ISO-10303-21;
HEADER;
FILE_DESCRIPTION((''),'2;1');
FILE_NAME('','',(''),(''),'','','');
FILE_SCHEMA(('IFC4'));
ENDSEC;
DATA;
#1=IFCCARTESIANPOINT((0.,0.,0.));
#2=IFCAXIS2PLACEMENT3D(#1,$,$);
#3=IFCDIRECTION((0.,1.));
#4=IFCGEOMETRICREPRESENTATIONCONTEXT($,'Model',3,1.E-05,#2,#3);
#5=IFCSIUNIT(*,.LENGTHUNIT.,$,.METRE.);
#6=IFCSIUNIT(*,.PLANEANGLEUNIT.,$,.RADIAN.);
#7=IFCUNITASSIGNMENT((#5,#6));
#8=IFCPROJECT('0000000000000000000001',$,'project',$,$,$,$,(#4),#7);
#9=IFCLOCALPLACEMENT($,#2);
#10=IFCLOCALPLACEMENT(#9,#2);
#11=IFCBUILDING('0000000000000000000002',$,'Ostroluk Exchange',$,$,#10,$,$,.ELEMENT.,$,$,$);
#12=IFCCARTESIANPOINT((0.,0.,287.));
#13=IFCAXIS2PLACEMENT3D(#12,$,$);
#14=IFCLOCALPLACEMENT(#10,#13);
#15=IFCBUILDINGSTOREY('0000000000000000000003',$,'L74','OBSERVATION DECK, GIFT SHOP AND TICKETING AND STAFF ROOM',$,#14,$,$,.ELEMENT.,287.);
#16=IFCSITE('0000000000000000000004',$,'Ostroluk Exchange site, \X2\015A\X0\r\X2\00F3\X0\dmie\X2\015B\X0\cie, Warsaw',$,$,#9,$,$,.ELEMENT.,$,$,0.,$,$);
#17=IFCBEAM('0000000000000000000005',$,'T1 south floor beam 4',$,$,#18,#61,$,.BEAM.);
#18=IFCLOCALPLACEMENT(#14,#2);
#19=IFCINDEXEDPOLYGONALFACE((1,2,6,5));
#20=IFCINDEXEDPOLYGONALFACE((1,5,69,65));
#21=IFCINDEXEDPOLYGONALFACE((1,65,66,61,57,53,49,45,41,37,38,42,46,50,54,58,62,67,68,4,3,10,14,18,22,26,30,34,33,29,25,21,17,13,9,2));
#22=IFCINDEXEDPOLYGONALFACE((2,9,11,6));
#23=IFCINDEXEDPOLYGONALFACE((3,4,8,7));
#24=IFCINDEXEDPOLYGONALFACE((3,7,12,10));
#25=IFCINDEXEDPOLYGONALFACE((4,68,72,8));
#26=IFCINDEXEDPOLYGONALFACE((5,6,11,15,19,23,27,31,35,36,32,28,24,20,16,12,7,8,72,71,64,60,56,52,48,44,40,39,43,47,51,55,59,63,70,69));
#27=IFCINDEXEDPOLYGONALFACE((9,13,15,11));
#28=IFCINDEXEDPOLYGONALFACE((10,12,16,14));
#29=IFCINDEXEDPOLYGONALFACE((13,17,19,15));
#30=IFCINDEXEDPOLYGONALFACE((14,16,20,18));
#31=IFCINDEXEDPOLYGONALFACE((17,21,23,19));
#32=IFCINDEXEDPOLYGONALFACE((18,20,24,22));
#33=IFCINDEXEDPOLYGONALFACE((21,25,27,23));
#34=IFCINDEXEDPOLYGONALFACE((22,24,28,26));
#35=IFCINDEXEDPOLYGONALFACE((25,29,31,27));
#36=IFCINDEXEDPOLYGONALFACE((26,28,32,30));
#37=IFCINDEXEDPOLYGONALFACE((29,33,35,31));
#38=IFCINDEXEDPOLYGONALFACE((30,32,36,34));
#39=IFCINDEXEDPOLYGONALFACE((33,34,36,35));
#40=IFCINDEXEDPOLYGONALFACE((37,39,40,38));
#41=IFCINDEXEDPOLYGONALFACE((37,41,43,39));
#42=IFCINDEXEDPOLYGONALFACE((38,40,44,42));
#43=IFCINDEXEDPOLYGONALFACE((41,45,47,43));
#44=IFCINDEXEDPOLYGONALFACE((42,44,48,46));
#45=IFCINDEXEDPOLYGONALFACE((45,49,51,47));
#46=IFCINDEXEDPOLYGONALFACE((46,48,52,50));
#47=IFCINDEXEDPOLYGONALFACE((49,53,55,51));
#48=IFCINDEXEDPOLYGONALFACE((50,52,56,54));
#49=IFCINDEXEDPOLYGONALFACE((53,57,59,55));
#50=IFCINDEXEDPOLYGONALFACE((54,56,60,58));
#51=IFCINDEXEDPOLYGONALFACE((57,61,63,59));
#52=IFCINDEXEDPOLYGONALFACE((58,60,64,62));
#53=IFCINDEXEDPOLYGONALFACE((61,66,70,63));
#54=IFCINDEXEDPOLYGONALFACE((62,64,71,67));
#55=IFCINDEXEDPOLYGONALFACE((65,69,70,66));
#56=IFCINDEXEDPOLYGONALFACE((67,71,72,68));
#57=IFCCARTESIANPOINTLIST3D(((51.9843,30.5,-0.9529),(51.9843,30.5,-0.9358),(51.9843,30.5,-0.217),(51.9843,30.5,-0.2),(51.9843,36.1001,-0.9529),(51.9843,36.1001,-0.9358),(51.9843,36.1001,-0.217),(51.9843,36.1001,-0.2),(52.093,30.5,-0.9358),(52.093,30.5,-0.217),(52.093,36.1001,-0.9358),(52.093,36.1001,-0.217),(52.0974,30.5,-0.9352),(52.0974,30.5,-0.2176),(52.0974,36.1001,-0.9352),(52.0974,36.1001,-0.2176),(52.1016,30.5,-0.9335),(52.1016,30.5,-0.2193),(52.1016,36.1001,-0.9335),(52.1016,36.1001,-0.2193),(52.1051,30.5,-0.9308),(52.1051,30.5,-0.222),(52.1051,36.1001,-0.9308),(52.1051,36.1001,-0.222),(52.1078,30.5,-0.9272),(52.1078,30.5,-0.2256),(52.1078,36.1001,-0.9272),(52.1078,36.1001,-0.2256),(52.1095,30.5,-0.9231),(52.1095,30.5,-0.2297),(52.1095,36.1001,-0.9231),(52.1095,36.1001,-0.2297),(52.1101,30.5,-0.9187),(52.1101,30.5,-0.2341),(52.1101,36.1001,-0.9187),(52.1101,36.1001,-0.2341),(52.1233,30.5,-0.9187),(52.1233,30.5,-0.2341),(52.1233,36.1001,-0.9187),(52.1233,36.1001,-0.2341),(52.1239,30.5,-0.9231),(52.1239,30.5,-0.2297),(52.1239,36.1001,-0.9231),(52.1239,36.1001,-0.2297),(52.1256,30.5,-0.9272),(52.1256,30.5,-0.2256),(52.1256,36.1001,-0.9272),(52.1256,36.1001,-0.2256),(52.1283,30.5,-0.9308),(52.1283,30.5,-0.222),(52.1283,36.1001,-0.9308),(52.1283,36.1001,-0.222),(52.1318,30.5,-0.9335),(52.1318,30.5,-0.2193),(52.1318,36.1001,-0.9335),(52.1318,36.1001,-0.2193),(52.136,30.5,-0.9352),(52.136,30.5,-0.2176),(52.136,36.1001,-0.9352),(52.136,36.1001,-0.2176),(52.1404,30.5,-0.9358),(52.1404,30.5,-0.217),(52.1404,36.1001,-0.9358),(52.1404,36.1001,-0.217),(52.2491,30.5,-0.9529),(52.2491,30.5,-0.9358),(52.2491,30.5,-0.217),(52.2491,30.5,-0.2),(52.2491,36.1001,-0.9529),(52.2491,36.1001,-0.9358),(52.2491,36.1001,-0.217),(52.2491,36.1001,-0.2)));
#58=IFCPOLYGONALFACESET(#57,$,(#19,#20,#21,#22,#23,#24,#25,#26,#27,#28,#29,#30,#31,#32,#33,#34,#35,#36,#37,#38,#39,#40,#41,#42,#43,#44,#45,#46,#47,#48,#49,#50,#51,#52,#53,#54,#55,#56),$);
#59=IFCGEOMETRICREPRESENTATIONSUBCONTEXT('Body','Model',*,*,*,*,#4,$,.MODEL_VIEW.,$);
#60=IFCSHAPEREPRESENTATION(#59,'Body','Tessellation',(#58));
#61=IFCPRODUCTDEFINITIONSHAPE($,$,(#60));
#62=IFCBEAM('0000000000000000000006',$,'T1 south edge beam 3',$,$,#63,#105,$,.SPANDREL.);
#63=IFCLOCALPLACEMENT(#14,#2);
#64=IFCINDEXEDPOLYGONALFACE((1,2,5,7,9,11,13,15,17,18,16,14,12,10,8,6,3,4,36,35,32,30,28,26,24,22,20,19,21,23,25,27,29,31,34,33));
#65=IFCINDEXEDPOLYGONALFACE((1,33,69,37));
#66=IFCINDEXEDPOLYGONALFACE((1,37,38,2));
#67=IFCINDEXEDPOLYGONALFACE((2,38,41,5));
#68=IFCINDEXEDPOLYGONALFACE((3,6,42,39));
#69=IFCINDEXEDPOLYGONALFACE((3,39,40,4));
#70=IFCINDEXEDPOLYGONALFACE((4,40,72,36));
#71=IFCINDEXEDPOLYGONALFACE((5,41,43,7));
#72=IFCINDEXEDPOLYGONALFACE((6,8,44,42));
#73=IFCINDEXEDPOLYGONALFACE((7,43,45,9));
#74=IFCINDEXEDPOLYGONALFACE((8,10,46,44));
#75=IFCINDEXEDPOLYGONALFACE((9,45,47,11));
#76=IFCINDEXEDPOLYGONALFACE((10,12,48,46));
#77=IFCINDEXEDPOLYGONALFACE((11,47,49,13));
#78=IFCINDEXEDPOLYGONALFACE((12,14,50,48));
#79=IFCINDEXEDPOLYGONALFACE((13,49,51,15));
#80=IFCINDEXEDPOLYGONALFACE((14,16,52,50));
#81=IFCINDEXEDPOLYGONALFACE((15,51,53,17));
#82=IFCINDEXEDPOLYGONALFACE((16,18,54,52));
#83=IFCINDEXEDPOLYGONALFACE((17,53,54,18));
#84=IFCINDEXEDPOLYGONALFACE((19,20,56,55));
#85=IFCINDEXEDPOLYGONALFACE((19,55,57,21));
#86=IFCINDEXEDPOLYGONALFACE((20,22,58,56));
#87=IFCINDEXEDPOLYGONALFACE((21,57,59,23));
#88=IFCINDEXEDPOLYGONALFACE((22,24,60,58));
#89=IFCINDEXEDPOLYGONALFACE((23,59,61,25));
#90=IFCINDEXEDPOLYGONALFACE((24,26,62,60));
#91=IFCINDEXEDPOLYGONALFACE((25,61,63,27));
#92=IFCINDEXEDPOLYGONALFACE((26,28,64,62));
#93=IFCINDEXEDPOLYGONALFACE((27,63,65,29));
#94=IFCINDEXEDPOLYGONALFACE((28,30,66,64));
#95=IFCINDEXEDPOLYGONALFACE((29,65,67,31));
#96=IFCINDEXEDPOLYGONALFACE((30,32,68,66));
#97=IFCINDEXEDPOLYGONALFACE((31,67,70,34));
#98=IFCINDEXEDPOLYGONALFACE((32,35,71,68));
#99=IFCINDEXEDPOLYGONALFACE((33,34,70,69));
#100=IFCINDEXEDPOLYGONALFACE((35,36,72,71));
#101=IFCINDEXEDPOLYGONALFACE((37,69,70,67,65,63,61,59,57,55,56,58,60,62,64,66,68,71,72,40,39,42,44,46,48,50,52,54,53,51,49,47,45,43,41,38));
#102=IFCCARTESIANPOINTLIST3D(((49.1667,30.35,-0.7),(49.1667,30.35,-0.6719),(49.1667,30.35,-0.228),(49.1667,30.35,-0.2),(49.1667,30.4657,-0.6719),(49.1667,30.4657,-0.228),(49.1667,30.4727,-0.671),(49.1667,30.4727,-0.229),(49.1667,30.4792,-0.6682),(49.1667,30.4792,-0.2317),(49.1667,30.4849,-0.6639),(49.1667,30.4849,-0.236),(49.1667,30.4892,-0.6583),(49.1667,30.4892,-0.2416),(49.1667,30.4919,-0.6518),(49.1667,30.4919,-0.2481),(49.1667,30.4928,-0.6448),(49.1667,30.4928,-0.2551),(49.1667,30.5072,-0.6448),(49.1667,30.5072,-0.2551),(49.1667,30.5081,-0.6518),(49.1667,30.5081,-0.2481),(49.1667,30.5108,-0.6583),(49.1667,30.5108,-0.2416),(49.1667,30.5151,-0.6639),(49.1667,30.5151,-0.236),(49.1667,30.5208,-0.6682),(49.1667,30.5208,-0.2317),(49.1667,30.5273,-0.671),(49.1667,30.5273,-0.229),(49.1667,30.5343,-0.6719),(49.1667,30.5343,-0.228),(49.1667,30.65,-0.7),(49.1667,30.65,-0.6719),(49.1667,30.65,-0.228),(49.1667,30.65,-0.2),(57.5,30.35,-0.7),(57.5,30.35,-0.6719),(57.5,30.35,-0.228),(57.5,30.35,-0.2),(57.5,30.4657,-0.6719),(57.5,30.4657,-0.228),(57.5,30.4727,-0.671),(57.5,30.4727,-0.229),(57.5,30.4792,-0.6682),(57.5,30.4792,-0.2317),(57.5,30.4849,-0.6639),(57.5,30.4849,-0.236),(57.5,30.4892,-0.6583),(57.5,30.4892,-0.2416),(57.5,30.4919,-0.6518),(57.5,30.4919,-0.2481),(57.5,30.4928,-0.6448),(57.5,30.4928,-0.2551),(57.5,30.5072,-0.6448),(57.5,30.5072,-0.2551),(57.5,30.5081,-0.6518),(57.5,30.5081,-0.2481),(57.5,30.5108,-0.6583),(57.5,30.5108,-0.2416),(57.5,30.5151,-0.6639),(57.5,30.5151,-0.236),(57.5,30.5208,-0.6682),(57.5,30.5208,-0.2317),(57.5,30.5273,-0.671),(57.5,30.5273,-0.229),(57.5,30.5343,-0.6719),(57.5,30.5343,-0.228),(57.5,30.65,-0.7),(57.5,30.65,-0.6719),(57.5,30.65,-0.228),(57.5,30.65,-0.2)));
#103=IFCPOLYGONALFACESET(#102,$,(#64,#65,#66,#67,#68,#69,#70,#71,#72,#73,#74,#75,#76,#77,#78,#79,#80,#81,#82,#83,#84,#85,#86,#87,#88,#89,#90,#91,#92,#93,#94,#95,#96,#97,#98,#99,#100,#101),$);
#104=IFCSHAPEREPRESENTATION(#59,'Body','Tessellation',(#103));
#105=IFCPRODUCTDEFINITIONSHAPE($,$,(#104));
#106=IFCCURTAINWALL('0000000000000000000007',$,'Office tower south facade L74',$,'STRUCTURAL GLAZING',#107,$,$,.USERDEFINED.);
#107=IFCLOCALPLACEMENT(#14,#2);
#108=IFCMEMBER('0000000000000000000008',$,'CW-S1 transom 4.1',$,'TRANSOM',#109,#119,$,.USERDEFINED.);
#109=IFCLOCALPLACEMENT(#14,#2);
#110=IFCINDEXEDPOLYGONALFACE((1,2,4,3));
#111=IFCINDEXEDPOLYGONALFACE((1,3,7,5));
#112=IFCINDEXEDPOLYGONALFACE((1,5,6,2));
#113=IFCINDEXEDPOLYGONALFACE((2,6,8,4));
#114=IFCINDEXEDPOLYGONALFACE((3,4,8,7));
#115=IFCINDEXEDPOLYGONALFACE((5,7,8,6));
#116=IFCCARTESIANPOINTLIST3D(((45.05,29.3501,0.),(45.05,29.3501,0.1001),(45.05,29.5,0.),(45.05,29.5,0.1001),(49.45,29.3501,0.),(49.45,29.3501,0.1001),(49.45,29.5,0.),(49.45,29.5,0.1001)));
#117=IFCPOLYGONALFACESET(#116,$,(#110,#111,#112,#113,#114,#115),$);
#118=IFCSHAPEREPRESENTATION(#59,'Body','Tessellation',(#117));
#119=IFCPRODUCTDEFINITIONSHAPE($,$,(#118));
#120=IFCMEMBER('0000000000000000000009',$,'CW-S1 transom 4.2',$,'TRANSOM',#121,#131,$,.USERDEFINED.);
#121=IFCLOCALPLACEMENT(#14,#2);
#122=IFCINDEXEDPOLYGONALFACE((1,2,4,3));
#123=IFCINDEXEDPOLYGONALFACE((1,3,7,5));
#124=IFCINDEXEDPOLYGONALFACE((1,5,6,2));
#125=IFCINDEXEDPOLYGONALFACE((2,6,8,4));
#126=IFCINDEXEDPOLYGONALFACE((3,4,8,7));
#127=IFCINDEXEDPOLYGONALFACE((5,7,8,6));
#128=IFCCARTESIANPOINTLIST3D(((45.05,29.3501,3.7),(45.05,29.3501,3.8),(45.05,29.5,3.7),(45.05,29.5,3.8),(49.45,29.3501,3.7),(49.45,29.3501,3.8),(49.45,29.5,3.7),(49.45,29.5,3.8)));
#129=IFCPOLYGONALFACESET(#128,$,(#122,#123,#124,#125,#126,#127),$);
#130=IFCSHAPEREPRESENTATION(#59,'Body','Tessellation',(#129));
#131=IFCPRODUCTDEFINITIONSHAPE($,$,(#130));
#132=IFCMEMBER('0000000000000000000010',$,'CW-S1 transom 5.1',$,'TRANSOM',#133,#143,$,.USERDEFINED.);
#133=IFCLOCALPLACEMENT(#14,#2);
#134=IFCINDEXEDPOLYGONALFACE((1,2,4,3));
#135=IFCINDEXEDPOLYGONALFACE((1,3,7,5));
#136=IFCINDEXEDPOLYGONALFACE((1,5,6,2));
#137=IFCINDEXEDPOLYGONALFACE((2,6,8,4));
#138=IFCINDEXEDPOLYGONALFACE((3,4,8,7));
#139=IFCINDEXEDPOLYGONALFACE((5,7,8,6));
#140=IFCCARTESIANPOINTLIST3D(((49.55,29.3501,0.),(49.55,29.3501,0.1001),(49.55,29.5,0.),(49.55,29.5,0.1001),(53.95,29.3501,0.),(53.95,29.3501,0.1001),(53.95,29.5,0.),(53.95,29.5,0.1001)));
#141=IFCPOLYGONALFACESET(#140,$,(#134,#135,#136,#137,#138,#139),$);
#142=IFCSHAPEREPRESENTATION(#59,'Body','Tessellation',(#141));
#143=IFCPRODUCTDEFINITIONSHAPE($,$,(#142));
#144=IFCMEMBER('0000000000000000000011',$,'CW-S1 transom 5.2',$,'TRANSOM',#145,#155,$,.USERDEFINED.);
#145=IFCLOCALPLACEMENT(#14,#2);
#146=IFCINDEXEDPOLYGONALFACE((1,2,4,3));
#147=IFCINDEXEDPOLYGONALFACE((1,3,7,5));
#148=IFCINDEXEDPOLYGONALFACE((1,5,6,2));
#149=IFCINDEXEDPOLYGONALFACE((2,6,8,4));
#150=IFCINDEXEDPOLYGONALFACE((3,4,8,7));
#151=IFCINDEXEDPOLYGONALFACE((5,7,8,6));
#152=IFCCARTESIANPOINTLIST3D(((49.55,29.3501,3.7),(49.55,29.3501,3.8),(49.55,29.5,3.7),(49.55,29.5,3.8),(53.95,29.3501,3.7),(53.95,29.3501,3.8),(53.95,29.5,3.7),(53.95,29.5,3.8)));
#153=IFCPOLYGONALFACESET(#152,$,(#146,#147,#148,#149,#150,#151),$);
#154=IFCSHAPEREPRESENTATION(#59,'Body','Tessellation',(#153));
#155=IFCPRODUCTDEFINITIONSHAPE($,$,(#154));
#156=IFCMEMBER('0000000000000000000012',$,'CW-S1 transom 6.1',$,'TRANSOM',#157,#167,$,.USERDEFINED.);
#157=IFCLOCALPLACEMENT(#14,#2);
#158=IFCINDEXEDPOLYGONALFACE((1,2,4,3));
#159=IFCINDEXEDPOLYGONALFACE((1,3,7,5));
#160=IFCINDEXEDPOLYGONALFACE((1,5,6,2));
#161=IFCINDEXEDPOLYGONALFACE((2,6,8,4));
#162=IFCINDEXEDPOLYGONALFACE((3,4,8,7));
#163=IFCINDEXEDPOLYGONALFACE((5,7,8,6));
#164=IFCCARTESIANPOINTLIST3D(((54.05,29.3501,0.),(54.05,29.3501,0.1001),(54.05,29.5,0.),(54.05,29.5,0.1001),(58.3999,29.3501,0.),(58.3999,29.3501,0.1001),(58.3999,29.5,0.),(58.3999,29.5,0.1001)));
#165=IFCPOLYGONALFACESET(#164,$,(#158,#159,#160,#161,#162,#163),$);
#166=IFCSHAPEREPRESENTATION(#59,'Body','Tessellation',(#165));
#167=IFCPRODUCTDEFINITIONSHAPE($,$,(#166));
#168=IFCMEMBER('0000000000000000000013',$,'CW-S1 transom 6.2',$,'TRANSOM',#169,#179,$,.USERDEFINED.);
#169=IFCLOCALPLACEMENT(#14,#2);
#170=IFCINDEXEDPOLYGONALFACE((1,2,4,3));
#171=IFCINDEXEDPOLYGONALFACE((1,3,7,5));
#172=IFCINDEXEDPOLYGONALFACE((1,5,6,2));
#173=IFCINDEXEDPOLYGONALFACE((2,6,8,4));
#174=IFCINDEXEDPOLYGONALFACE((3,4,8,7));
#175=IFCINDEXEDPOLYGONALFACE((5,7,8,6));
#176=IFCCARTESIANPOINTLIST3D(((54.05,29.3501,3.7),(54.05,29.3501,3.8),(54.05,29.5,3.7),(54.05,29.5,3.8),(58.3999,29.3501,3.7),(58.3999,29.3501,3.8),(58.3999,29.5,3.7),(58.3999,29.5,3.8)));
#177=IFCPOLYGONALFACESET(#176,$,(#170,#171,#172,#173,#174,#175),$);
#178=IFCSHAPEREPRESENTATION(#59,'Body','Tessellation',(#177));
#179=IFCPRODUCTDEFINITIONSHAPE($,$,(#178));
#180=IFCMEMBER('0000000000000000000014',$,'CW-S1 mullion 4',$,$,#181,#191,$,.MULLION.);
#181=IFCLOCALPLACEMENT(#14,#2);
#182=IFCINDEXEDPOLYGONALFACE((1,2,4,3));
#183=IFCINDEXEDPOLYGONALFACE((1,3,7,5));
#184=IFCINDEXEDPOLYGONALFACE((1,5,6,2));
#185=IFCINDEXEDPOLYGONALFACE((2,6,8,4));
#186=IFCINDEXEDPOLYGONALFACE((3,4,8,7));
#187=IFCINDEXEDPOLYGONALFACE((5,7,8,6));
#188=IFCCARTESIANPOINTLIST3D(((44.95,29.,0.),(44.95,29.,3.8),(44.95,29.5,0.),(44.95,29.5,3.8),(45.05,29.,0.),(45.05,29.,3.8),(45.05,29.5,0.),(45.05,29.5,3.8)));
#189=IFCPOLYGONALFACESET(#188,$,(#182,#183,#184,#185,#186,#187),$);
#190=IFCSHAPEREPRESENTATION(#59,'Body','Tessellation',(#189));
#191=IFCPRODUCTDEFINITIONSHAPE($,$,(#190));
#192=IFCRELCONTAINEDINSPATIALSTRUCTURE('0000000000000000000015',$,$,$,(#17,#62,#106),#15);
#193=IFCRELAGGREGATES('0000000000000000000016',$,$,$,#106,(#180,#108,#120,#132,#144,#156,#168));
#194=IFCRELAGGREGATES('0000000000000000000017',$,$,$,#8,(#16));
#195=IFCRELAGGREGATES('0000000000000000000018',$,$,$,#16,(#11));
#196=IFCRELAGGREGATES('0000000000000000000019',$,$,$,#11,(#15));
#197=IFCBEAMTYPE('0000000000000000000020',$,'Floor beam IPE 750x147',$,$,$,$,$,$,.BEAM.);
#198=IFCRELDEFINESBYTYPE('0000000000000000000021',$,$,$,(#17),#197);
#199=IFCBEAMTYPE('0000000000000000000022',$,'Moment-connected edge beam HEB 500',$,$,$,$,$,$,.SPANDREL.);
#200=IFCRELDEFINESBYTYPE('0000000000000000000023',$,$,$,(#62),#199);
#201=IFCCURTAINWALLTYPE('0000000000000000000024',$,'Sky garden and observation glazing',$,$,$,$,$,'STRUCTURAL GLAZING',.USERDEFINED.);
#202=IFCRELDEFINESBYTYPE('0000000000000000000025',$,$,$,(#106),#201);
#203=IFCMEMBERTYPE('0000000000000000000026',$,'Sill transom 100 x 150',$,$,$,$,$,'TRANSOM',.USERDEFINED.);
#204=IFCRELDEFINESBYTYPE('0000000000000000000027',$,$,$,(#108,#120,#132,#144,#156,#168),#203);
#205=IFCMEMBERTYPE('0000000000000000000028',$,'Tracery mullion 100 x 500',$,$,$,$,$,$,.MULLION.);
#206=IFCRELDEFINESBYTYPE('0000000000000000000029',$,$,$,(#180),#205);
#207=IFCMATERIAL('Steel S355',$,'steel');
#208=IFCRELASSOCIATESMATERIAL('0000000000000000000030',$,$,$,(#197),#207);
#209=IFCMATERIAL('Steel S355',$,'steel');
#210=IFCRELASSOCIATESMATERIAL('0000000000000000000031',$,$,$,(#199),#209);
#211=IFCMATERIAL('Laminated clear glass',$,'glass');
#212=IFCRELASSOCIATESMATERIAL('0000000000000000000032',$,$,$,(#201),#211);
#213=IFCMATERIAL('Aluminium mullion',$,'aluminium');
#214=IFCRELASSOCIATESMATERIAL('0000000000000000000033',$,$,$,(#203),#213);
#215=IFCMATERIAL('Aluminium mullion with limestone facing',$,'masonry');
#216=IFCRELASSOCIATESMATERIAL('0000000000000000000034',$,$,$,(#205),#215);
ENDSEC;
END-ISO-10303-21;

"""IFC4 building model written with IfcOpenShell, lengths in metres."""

from ifc_helpers import new_model, si_unit, direction, frame, origin, origin_2d, place, context, subcontext, project, spatial, rectangle, i_section, extrude, material, material_profile, profile_set, type_object, element, aggregate, save


model = new_model("IFC4")

# Units and contexts
model_context = context("Model", 3, precision=1e-05, world=origin(), true_north=direction((0.0, 1.0)))
body_context = subcontext(model_context, "Body", "Model", "MODEL_VIEW")
ifc_project = project(units=[si_unit("LENGTHUNIT", "METRE"), si_unit("PLANEANGLEUNIT", "RADIAN")], contexts=[model_context])

# Site, building, storey
site_placement = place(None, origin())
site = spatial("IfcSite", under=ifc_project, at=site_placement, Name="Ostroluk Exchange site, Śródmieście, Warsaw", CompositionType="ELEMENT", RefElevation=0.0)
building_placement = place(site_placement, origin())
building = spatial("IfcBuilding", under=site, at=building_placement, Name="Ostroluk Exchange", CompositionType="ELEMENT")
storey_placement = place(building_placement, frame((0.0, 0.0, 287.0)))
storey = spatial("IfcBuildingStorey", under=building, at=storey_placement, Name="L74", Description="OBSERVATION DECK, GIFT SHOP AND TICKETING AND STAFF ROOM", CompositionType="ELEMENT", Elevation=287.0)

# Beams
ifc_material_1 = material(Name="Steel S355", Category="steel")
ifc_material_profile_1 = material_profile(ifc_material_1, i_section(OverallWidth=0.2649, OverallDepth=0.7529, WebThickness=0.0132, FlangeThickness=0.0171, FilletRadius=0.0171, at=origin_2d()), Name="IPE 750x147")
ifc_profile_set_1 = profile_set([ifc_material_profile_1], Name="Steel S355")
beam_type_1 = type_object("IfcBeamType", Name="Floor beam IPE 750x147", PredefinedType="BEAM", material=ifc_profile_set_1)
for number, where, z_axis, x_axis, name in (
    (1, (52.1167, 36.1001, -0.5764), (0.0, -1.0, 0.0), (1.0, 0.0, 0.0), "T1 south floor beam 4"),
):
    element("IfcBeam", number, at=place(storey_placement, frame(where, z_axis=z_axis, x_axis=x_axis)), inside=storey, type_object=beam_type_1, Name=name, PredefinedType="BEAM", context=body_context, shape_type="SweptSolid", body=[
        extrude(i_section(OverallWidth=0.2649, OverallDepth=0.7529, WebThickness=0.0132, FlangeThickness=0.0171, FilletRadius=0.0171, at=origin_2d()), origin(), (0.0, 0.0, 1.0), 5.6001),
    ])
ifc_material_2 = material(Name="Steel S355", Category="steel")
ifc_material_profile_2 = material_profile(ifc_material_2, i_section(OverallWidth=0.3, OverallDepth=0.5, WebThickness=0.0144, FlangeThickness=0.0281, FilletRadius=0.0271, at=origin_2d()), Name="HEB 500")
ifc_profile_set_2 = profile_set([ifc_material_profile_2], Name="Steel S355")
beam_type_2 = type_object("IfcBeamType", Name="Moment-connected edge beam HEB 500", PredefinedType="SPANDREL", material=ifc_profile_set_2)
beam_placement = place(storey_placement, frame((49.1667, 30.5, -0.45), z_axis=(1.0, 0.0, 0.0), x_axis=(0.0, 1.0, 0.0)))
element("IfcBeam", 2, at=beam_placement, inside=storey, type_object=beam_type_2, Name="T1 south edge beam 3", PredefinedType="SPANDREL", context=body_context, shape_type="SweptSolid", body=[
    extrude(i_section(OverallWidth=0.3, OverallDepth=0.5, WebThickness=0.0144, FlangeThickness=0.0281, FilletRadius=0.0271, at=origin_2d()), origin(), (0.0, 0.0, 1.0), 8.3333),
])

# Curtain wall, members
ifc_material_3 = material(Name="Laminated clear glass", Category="glass")
curtain_wall_type = type_object("IfcCurtainWallType", Name="Sky garden and observation glazing", ElementType="STRUCTURAL GLAZING", PredefinedType="USERDEFINED", material=ifc_material_3)
curtain_wall_placement = place(storey_placement, origin())
curtain_wall = element("IfcCurtainWall", 3, at=curtain_wall_placement, inside=storey, type_object=curtain_wall_type, Name="Office tower south facade L74", ObjectType="STRUCTURAL GLAZING", PredefinedType="USERDEFINED")
ifc_material_4 = material(Name="Aluminium mullion", Category="aluminium")
ifc_material_profile_3 = material_profile(ifc_material_4, rectangle(XDim=0.1499, YDim=0.1001, at=origin_2d()), Name="Sill transom 100 x 150")
ifc_profile_set_3 = profile_set([ifc_material_profile_3], Name="Aluminium mullion")
member_type_1 = type_object("IfcMemberType", Name="Sill transom 100 x 150", ElementType="TRANSOM", PredefinedType="USERDEFINED", material=ifc_profile_set_3)
member_1_placement = place(storey_placement, frame((45.05, 29.425, 0.05), z_axis=(1.0, 0.0, 0.0), x_axis=(0.0, 1.0, 0.0)))
member_1 = element("IfcMember", 4, at=member_1_placement, type_object=member_type_1, Name="CW-S1 transom 4.1", ObjectType="TRANSOM", PredefinedType="USERDEFINED", context=body_context, shape_type="SweptSolid", body=[
    extrude(rectangle(XDim=0.1499, YDim=0.1001, at=origin_2d()), origin(), (0.0, 0.0, 1.0), 4.3999),
])
member_2_placement = place(storey_placement, frame((45.05, 29.425, 3.75), z_axis=(1.0, 0.0, 0.0), x_axis=(0.0, 1.0, 0.0)))
member_2 = element("IfcMember", 5, at=member_2_placement, type_object=member_type_1, Name="CW-S1 transom 4.2", ObjectType="TRANSOM", PredefinedType="USERDEFINED", context=body_context, shape_type="SweptSolid", body=[
    extrude(rectangle(XDim=0.1499, YDim=0.1001, at=origin_2d()), origin(), (0.0, 0.0, 1.0), 4.3999),
])
member_3_placement = place(storey_placement, frame((49.55, 29.425, 0.05), z_axis=(1.0, 0.0, 0.0), x_axis=(0.0, 1.0, 0.0)))
member_3 = element("IfcMember", 6, at=member_3_placement, type_object=member_type_1, Name="CW-S1 transom 5.1", ObjectType="TRANSOM", PredefinedType="USERDEFINED", context=body_context, shape_type="SweptSolid", body=[
    extrude(rectangle(XDim=0.1499, YDim=0.1001, at=origin_2d()), origin(), (0.0, 0.0, 1.0), 4.3999),
])
member_4_placement = place(storey_placement, frame((49.55, 29.425, 3.75), z_axis=(1.0, 0.0, 0.0), x_axis=(0.0, 1.0, 0.0)))
member_4 = element("IfcMember", 7, at=member_4_placement, type_object=member_type_1, Name="CW-S1 transom 5.2", ObjectType="TRANSOM", PredefinedType="USERDEFINED", context=body_context, shape_type="SweptSolid", body=[
    extrude(rectangle(XDim=0.1499, YDim=0.1001, at=origin_2d()), origin(), (0.0, 0.0, 1.0), 4.3999),
])
member_5_placement = place(storey_placement, frame((54.05, 29.425, 0.05), z_axis=(1.0, 0.0, 0.0), x_axis=(0.0, 1.0, 0.0)))
member_5 = element("IfcMember", 8, at=member_5_placement, type_object=member_type_1, Name="CW-S1 transom 6.1", ObjectType="TRANSOM", PredefinedType="USERDEFINED", context=body_context, shape_type="SweptSolid", body=[
    extrude(rectangle(XDim=0.1499, YDim=0.1001, at=origin_2d()), origin(), (0.0, 0.0, 1.0), 4.3499),
])
member_6_placement = place(storey_placement, frame((54.05, 29.425, 3.75), z_axis=(1.0, 0.0, 0.0), x_axis=(0.0, 1.0, 0.0)))
member_6 = element("IfcMember", 9, at=member_6_placement, type_object=member_type_1, Name="CW-S1 transom 6.2", ObjectType="TRANSOM", PredefinedType="USERDEFINED", context=body_context, shape_type="SweptSolid", body=[
    extrude(rectangle(XDim=0.1499, YDim=0.1001, at=origin_2d()), origin(), (0.0, 0.0, 1.0), 4.3499),
])
ifc_material_5 = material(Name="Aluminium mullion with limestone facing", Category="masonry")
ifc_material_profile_4 = material_profile(ifc_material_5, rectangle(XDim=0.5, YDim=0.1001, at=origin_2d()), Name="Tracery mullion 100 x 500")
ifc_profile_set_4 = profile_set([ifc_material_profile_4], Name="Aluminium mullion with limestone facing")
member_type_2 = type_object("IfcMemberType", Name="Tracery mullion 100 x 500", PredefinedType="MULLION", material=ifc_profile_set_4)
member_7_placement = place(storey_placement, frame((45.0, 29.25, 0.0), z_axis=(0.0, 0.0, 1.0), x_axis=(0.0, 1.0, 0.0)))
member_7 = element("IfcMember", 10, at=member_7_placement, type_object=member_type_2, Name="CW-S1 mullion 4", PredefinedType="MULLION", context=body_context, shape_type="SweptSolid", body=[
    extrude(rectangle(XDim=0.5, YDim=0.1001, at=origin_2d()), origin(), (0.0, 0.0, 1.0), 3.8),
])
aggregate(curtain_wall, [member_7, member_1, member_2, member_3, member_4, member_5, member_6])

save(model, "model.ifc")
